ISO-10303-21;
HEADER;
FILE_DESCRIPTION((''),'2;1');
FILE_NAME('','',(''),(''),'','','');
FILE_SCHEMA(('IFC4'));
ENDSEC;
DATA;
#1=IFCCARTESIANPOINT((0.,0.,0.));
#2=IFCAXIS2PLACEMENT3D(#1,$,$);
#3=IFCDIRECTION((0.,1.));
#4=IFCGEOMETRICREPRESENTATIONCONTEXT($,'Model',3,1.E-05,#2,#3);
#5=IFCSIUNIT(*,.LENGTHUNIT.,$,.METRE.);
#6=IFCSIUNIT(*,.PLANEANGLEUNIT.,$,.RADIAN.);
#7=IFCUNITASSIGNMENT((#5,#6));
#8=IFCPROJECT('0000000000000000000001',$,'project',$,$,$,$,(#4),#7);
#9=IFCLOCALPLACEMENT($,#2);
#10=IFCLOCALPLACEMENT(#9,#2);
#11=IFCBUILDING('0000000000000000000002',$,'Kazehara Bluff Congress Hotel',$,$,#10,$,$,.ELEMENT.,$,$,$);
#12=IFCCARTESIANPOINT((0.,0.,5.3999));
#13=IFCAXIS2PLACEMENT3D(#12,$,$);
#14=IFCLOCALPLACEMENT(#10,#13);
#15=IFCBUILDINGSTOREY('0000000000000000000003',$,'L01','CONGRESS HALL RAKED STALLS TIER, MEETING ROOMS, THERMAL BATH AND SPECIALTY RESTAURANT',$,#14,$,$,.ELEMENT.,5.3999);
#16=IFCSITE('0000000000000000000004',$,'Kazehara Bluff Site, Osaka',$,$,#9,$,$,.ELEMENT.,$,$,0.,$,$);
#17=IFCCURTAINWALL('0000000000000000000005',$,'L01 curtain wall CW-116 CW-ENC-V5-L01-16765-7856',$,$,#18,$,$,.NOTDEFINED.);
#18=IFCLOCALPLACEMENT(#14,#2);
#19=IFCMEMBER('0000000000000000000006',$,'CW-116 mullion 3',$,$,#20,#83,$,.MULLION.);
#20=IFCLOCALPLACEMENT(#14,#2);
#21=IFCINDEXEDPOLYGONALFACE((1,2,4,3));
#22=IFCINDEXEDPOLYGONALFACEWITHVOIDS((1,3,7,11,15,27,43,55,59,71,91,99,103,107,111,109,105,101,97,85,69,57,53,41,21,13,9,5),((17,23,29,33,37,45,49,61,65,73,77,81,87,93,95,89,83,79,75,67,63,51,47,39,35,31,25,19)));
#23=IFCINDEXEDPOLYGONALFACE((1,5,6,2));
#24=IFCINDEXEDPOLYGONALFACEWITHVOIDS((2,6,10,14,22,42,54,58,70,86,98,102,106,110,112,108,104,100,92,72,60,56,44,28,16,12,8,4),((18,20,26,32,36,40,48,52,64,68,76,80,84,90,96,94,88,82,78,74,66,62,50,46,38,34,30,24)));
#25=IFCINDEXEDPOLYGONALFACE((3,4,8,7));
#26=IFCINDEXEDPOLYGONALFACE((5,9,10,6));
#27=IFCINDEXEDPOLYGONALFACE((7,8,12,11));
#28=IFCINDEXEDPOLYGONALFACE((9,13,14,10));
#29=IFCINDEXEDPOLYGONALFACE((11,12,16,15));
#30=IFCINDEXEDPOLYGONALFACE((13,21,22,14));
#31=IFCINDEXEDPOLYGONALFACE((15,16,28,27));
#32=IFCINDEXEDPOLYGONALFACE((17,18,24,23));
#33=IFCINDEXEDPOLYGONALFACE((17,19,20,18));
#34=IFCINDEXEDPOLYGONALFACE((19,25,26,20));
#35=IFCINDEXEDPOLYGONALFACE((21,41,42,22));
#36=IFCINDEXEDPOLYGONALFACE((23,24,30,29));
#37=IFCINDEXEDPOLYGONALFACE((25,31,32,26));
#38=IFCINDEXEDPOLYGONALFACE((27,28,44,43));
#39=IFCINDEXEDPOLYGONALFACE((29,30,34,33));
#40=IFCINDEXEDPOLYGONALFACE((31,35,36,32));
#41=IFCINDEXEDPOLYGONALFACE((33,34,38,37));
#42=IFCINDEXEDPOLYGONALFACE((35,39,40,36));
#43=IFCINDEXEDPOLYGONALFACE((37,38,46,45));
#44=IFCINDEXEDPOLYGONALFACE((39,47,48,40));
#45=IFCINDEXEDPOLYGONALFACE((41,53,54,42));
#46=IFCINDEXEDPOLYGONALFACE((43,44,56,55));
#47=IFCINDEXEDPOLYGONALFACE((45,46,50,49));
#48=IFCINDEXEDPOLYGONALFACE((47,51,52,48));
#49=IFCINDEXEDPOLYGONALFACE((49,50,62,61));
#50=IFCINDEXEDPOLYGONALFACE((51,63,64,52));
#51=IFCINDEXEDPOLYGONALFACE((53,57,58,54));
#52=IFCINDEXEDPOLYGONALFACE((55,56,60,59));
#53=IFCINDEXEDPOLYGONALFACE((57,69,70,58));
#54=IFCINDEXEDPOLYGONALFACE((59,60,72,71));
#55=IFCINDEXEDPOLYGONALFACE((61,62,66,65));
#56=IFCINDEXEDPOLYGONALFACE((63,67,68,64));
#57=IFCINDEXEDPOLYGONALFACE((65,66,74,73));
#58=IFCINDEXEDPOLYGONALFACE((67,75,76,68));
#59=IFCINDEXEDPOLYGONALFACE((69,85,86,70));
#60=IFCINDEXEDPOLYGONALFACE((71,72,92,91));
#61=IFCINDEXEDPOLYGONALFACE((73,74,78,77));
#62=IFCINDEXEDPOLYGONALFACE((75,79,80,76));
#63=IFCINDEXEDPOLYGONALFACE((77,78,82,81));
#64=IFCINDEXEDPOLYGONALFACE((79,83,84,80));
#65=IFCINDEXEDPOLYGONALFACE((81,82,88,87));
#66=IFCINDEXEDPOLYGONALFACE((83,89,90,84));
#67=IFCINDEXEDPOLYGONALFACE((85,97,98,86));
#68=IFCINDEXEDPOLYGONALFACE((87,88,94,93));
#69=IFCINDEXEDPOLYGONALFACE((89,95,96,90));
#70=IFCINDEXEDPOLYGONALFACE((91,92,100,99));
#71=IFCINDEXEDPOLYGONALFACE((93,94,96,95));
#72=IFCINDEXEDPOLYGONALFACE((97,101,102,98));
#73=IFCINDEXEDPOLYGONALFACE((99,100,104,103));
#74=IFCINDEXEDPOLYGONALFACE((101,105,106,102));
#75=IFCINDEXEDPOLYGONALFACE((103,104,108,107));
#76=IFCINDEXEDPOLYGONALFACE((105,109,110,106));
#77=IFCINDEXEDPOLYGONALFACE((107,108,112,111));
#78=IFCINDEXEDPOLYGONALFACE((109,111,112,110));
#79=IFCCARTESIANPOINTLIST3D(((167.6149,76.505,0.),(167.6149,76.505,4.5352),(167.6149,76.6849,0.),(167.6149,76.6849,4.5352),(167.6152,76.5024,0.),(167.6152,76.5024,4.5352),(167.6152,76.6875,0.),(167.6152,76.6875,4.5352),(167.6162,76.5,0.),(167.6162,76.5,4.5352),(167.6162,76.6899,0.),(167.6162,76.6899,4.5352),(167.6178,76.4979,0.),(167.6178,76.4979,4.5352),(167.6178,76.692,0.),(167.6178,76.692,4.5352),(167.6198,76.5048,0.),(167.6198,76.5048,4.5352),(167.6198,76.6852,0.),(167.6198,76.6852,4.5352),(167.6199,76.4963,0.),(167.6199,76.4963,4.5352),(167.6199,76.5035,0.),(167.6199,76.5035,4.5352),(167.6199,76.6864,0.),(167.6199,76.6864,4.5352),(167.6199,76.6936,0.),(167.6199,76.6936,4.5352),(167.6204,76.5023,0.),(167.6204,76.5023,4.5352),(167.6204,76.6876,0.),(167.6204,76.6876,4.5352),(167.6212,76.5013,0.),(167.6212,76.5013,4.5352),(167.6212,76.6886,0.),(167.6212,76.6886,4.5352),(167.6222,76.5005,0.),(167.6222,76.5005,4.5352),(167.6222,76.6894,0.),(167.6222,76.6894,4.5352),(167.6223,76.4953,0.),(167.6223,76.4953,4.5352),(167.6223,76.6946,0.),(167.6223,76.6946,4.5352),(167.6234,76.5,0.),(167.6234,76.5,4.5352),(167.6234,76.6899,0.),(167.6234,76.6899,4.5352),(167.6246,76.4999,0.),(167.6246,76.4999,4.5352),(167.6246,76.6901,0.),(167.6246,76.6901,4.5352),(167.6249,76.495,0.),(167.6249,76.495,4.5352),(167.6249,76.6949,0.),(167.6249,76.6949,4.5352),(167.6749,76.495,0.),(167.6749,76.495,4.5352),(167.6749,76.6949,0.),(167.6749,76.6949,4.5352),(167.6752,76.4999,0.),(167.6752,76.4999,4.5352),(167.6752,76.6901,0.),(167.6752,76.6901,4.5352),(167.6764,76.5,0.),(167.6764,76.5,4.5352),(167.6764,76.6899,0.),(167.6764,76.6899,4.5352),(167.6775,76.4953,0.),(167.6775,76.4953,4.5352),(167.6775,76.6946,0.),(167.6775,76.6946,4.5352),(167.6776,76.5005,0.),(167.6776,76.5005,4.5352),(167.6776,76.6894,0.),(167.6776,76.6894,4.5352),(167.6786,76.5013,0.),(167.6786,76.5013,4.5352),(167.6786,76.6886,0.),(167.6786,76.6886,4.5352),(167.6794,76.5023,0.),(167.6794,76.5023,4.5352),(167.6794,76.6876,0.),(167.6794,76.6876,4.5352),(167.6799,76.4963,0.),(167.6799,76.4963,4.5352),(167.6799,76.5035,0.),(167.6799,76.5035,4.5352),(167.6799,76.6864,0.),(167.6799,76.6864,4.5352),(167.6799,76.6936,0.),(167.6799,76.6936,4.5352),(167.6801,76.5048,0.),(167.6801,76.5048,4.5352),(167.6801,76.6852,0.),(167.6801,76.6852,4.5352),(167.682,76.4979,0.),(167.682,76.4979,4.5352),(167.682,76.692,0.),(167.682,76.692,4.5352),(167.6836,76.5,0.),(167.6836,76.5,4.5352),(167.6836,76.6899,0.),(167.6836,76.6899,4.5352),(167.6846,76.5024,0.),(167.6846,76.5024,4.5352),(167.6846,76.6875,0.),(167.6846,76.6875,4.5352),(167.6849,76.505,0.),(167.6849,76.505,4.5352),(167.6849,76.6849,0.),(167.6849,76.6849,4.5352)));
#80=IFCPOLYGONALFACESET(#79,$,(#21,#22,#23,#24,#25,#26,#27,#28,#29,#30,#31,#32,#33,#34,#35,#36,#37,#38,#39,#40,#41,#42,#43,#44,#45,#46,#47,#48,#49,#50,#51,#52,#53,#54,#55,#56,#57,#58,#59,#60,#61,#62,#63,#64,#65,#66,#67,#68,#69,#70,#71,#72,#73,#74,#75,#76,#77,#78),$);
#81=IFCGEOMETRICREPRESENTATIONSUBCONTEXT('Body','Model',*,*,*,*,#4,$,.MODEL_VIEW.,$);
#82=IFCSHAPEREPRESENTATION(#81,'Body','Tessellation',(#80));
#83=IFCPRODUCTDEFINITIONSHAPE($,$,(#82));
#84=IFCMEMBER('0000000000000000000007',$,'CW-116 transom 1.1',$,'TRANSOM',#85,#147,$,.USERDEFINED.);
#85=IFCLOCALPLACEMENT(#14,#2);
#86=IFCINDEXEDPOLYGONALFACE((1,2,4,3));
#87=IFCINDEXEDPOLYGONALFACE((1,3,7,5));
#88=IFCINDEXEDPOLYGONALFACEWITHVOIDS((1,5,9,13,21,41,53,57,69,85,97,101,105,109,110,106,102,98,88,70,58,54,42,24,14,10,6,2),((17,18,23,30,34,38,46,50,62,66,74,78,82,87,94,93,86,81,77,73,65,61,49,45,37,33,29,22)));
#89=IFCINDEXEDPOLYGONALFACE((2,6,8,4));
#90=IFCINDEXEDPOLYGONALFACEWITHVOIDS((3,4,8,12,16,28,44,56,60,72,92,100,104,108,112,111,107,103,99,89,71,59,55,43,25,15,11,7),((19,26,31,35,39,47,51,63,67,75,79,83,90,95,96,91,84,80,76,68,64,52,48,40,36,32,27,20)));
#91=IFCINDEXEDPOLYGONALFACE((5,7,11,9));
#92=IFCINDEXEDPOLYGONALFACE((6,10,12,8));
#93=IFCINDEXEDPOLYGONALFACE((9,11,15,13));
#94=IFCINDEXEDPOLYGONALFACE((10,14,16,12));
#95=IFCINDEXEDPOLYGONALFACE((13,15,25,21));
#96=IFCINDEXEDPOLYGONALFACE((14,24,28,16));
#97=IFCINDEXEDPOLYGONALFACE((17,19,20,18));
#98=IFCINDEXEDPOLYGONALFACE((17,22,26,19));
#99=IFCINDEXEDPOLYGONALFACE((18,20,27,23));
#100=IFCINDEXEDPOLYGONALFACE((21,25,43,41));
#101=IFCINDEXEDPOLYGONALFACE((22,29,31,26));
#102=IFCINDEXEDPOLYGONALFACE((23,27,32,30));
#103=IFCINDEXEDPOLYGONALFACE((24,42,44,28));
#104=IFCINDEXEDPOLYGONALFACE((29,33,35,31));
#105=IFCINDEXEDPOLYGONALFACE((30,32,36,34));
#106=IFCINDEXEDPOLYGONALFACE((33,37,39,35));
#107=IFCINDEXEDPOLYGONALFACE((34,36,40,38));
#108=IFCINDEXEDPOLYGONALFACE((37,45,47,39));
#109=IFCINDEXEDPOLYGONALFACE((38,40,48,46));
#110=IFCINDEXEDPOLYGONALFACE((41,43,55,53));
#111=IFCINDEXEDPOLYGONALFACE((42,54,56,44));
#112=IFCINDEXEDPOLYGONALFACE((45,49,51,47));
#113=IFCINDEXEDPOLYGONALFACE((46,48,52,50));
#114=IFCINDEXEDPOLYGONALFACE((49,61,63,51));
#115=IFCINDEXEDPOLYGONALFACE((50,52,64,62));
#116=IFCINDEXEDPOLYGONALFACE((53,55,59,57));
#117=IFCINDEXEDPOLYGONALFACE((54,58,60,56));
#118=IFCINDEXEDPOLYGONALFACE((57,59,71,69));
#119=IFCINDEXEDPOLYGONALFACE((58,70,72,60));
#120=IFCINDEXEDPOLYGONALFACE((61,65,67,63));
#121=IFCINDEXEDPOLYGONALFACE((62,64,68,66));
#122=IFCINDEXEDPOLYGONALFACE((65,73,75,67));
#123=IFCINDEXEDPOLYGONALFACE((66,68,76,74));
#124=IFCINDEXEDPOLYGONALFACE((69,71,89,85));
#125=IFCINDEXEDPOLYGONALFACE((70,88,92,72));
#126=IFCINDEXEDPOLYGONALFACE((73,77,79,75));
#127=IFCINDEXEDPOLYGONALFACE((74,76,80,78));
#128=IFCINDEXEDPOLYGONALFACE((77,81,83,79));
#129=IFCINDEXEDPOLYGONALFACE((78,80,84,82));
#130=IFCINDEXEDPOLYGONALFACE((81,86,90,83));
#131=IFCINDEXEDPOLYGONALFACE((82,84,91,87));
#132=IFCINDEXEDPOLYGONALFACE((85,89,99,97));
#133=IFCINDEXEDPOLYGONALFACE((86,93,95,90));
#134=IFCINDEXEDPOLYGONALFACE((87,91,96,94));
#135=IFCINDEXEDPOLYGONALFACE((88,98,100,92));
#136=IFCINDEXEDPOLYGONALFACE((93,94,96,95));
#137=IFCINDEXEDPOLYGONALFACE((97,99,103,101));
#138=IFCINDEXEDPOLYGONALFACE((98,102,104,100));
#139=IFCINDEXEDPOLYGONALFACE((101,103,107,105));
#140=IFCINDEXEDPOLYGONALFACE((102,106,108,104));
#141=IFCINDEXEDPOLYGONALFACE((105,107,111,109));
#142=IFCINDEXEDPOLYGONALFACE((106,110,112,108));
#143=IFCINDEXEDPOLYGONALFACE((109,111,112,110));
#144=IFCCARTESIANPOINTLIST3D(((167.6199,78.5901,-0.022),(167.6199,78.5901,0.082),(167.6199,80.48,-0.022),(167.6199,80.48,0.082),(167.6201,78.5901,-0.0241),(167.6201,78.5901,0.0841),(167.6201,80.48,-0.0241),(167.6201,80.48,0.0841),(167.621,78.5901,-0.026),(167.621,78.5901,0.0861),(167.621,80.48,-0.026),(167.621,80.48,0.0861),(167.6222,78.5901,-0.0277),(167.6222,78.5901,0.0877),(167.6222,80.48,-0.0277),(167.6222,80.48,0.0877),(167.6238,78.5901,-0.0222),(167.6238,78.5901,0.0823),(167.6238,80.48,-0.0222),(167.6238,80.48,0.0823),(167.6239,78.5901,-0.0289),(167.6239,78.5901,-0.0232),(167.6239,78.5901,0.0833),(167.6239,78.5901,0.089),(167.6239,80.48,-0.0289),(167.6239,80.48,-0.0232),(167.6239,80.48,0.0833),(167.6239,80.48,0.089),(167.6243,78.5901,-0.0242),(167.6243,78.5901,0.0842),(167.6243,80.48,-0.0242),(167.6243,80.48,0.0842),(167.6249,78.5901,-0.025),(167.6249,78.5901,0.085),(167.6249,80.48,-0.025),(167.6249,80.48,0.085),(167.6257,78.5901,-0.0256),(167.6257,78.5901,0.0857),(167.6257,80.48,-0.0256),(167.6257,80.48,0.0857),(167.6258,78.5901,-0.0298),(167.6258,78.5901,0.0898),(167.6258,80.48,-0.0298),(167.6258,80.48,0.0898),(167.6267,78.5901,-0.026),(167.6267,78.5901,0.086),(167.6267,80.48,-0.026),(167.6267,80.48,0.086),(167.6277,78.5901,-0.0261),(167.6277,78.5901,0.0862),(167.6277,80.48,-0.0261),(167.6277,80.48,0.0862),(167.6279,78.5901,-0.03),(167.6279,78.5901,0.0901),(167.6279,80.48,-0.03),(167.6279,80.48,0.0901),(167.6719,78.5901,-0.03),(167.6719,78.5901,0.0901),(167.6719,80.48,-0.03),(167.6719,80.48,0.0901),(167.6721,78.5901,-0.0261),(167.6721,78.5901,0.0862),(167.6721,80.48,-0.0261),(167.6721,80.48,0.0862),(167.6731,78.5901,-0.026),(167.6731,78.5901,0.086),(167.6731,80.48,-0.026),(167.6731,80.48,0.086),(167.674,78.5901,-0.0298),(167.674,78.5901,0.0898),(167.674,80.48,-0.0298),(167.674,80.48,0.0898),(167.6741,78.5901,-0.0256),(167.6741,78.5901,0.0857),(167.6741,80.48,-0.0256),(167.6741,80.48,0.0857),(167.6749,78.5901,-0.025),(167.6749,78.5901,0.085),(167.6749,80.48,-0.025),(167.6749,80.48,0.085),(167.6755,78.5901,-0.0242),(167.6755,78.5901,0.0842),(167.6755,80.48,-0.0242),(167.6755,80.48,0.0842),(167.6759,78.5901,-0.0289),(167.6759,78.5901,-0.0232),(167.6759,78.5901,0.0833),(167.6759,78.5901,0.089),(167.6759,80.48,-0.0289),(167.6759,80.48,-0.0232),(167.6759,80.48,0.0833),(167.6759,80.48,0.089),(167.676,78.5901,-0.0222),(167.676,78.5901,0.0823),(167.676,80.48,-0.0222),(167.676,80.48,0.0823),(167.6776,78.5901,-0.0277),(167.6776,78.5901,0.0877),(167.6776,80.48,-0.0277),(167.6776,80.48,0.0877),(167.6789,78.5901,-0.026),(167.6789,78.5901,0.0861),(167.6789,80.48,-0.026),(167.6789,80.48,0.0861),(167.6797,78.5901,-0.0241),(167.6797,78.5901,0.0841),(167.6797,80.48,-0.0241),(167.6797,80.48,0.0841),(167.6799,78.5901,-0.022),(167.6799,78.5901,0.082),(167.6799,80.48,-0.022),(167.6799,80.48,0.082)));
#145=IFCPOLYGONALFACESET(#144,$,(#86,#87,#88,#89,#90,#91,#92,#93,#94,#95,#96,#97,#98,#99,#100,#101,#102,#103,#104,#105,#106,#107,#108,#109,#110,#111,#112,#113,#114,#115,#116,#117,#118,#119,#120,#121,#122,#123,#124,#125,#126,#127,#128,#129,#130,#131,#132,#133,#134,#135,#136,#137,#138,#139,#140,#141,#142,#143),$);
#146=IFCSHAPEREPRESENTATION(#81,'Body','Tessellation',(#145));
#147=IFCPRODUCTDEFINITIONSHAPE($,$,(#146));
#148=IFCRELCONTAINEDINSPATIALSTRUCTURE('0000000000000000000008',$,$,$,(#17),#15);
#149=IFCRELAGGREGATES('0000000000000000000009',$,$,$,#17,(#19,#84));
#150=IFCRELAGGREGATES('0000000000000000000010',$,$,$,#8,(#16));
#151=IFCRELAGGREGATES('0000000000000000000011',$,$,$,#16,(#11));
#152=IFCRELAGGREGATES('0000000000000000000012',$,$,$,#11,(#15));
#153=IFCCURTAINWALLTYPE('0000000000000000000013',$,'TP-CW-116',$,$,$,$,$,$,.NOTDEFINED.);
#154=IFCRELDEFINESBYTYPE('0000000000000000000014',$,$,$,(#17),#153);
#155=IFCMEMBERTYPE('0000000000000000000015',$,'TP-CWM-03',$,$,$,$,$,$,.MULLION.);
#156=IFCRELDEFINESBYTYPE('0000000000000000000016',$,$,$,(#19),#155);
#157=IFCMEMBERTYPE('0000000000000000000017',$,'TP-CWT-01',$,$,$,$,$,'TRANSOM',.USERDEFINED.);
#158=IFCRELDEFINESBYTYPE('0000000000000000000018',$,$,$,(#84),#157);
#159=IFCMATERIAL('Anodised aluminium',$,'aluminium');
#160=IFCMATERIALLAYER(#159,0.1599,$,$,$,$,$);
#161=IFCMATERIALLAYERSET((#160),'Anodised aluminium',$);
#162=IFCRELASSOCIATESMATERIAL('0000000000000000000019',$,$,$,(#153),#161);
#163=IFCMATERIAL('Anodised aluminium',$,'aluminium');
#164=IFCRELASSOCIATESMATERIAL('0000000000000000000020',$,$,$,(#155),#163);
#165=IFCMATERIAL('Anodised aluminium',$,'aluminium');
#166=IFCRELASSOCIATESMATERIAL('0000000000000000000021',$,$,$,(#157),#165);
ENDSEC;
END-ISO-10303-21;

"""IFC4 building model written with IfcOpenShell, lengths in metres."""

from ifc_helpers import new_model, si_unit, direction, frame, origin, origin_2d, place, context, subcontext, project, spatial, hollow_rectangle, extrude, material, layer, layer_set, material_profile, profile_set, type_object, element, aggregate, save


model = new_model("IFC4")

# Units and contexts
model_context = context("Model", 3, precision=1e-05, world=origin(), true_north=direction((0.0, 1.0)))
body_context = subcontext(model_context, "Body", "Model", "MODEL_VIEW")
ifc_project = project(units=[si_unit("LENGTHUNIT", "METRE"), si_unit("PLANEANGLEUNIT", "RADIAN")], contexts=[model_context])

# Site, building, storey
site_placement = place(None, origin())
site = spatial("IfcSite", under=ifc_project, at=site_placement, Name="Kazehara Bluff Site, Osaka", CompositionType="ELEMENT", RefElevation=0.0)
building_placement = place(site_placement, origin())
building = spatial("IfcBuilding", under=site, at=building_placement, Name="Kazehara Bluff Congress Hotel", CompositionType="ELEMENT")
storey_placement = place(building_placement, frame((0.0, 0.0, 5.3999)))
storey = spatial("IfcBuildingStorey", under=building, at=storey_placement, Name="L01", Description="CONGRESS HALL RAKED STALLS TIER, MEETING ROOMS, THERMAL BATH AND SPECIALTY RESTAURANT", CompositionType="ELEMENT", Elevation=5.3999)

# Curtain wall, members
ifc_material_1 = material(Name="Anodised aluminium", Category="aluminium")
ifc_layer_1 = layer(ifc_material_1, 0.1599)
ifc_layer_set_1 = layer_set([ifc_layer_1], Name="Anodised aluminium")
curtain_wall_type_1 = type_object("IfcCurtainWallType", Name="TP-CW-116", PredefinedType="NOTDEFINED", material=ifc_layer_set_1)
curtain_wall_1_placement = place(storey_placement, origin())
curtain_wall_1 = element("IfcCurtainWall", 1, at=curtain_wall_1_placement, inside=storey, type_object=curtain_wall_type_1, Name="L01 curtain wall CW-116 CW-ENC-V5-L01-16765-7856", PredefinedType="NOTDEFINED")
ifc_material_2 = material(Name="Anodised aluminium", Category="aluminium")
ifc_material_profile_1 = material_profile(ifc_material_2, hollow_rectangle(XDim=0.0701, YDim=0.2, WallThickness=0.0049, InnerFilletRadius=0.0049, OuterFilletRadius=0.01, at=origin_2d()))
ifc_profile_set_1 = profile_set([ifc_material_profile_1], Name="Anodised aluminium")
member_type_1 = type_object("IfcMemberType", Name="TP-CWM-03", PredefinedType="MULLION", material=ifc_profile_set_1)
member_1_placement = place(storey_placement, frame((167.6499, 76.595, 0.0), z_axis=(0.0, 0.0, 1.0), x_axis=(1.0, 0.0, 0.0)))
member_1 = element("IfcMember", 2, at=member_1_placement, type_object=member_type_1, Name="CW-116 mullion 3", PredefinedType="MULLION", context=body_context, shape_type="SweptSolid", body=[
    extrude(hollow_rectangle(XDim=0.0701, YDim=0.2, WallThickness=0.0049, InnerFilletRadius=0.0049, OuterFilletRadius=0.01, at=origin_2d()), origin(), (0.0, 0.0, 1.0), 4.5352),
])
ifc_material_3 = material(Name="Anodised aluminium", Category="aluminium")
ifc_material_profile_2 = material_profile(ifc_material_3, hollow_rectangle(XDim=0.0601, YDim=0.1201, WallThickness=0.0039, InnerFilletRadius=0.0039, OuterFilletRadius=0.0081, at=origin_2d()))
ifc_profile_set_2 = profile_set([ifc_material_profile_2], Name="Anodised aluminium")
member_type_2 = type_object("IfcMemberType", Name="TP-CWT-01", ElementType="TRANSOM", PredefinedType="USERDEFINED", material=ifc_profile_set_2)
member_2_placement = place(storey_placement, frame((167.6499, 80.48, 0.03), z_axis=(0.0, -1.0, 0.0), x_axis=(1.0, 0.0, 0.0)))
member_2 = element("IfcMember", 3, at=member_2_placement, type_object=member_type_2, Name="CW-116 transom 1.1", ObjectType="TRANSOM", PredefinedType="USERDEFINED", context=body_context, shape_type="SweptSolid", body=[
    extrude(hollow_rectangle(XDim=0.0601, YDim=0.1201, WallThickness=0.0039, InnerFilletRadius=0.0039, OuterFilletRadius=0.0081, at=origin_2d()), origin(), (0.0, 0.0, 1.0), 1.8899),
])

aggregate(curtain_wall_1, [member_1, member_2])

save(model, "model.ifc")
